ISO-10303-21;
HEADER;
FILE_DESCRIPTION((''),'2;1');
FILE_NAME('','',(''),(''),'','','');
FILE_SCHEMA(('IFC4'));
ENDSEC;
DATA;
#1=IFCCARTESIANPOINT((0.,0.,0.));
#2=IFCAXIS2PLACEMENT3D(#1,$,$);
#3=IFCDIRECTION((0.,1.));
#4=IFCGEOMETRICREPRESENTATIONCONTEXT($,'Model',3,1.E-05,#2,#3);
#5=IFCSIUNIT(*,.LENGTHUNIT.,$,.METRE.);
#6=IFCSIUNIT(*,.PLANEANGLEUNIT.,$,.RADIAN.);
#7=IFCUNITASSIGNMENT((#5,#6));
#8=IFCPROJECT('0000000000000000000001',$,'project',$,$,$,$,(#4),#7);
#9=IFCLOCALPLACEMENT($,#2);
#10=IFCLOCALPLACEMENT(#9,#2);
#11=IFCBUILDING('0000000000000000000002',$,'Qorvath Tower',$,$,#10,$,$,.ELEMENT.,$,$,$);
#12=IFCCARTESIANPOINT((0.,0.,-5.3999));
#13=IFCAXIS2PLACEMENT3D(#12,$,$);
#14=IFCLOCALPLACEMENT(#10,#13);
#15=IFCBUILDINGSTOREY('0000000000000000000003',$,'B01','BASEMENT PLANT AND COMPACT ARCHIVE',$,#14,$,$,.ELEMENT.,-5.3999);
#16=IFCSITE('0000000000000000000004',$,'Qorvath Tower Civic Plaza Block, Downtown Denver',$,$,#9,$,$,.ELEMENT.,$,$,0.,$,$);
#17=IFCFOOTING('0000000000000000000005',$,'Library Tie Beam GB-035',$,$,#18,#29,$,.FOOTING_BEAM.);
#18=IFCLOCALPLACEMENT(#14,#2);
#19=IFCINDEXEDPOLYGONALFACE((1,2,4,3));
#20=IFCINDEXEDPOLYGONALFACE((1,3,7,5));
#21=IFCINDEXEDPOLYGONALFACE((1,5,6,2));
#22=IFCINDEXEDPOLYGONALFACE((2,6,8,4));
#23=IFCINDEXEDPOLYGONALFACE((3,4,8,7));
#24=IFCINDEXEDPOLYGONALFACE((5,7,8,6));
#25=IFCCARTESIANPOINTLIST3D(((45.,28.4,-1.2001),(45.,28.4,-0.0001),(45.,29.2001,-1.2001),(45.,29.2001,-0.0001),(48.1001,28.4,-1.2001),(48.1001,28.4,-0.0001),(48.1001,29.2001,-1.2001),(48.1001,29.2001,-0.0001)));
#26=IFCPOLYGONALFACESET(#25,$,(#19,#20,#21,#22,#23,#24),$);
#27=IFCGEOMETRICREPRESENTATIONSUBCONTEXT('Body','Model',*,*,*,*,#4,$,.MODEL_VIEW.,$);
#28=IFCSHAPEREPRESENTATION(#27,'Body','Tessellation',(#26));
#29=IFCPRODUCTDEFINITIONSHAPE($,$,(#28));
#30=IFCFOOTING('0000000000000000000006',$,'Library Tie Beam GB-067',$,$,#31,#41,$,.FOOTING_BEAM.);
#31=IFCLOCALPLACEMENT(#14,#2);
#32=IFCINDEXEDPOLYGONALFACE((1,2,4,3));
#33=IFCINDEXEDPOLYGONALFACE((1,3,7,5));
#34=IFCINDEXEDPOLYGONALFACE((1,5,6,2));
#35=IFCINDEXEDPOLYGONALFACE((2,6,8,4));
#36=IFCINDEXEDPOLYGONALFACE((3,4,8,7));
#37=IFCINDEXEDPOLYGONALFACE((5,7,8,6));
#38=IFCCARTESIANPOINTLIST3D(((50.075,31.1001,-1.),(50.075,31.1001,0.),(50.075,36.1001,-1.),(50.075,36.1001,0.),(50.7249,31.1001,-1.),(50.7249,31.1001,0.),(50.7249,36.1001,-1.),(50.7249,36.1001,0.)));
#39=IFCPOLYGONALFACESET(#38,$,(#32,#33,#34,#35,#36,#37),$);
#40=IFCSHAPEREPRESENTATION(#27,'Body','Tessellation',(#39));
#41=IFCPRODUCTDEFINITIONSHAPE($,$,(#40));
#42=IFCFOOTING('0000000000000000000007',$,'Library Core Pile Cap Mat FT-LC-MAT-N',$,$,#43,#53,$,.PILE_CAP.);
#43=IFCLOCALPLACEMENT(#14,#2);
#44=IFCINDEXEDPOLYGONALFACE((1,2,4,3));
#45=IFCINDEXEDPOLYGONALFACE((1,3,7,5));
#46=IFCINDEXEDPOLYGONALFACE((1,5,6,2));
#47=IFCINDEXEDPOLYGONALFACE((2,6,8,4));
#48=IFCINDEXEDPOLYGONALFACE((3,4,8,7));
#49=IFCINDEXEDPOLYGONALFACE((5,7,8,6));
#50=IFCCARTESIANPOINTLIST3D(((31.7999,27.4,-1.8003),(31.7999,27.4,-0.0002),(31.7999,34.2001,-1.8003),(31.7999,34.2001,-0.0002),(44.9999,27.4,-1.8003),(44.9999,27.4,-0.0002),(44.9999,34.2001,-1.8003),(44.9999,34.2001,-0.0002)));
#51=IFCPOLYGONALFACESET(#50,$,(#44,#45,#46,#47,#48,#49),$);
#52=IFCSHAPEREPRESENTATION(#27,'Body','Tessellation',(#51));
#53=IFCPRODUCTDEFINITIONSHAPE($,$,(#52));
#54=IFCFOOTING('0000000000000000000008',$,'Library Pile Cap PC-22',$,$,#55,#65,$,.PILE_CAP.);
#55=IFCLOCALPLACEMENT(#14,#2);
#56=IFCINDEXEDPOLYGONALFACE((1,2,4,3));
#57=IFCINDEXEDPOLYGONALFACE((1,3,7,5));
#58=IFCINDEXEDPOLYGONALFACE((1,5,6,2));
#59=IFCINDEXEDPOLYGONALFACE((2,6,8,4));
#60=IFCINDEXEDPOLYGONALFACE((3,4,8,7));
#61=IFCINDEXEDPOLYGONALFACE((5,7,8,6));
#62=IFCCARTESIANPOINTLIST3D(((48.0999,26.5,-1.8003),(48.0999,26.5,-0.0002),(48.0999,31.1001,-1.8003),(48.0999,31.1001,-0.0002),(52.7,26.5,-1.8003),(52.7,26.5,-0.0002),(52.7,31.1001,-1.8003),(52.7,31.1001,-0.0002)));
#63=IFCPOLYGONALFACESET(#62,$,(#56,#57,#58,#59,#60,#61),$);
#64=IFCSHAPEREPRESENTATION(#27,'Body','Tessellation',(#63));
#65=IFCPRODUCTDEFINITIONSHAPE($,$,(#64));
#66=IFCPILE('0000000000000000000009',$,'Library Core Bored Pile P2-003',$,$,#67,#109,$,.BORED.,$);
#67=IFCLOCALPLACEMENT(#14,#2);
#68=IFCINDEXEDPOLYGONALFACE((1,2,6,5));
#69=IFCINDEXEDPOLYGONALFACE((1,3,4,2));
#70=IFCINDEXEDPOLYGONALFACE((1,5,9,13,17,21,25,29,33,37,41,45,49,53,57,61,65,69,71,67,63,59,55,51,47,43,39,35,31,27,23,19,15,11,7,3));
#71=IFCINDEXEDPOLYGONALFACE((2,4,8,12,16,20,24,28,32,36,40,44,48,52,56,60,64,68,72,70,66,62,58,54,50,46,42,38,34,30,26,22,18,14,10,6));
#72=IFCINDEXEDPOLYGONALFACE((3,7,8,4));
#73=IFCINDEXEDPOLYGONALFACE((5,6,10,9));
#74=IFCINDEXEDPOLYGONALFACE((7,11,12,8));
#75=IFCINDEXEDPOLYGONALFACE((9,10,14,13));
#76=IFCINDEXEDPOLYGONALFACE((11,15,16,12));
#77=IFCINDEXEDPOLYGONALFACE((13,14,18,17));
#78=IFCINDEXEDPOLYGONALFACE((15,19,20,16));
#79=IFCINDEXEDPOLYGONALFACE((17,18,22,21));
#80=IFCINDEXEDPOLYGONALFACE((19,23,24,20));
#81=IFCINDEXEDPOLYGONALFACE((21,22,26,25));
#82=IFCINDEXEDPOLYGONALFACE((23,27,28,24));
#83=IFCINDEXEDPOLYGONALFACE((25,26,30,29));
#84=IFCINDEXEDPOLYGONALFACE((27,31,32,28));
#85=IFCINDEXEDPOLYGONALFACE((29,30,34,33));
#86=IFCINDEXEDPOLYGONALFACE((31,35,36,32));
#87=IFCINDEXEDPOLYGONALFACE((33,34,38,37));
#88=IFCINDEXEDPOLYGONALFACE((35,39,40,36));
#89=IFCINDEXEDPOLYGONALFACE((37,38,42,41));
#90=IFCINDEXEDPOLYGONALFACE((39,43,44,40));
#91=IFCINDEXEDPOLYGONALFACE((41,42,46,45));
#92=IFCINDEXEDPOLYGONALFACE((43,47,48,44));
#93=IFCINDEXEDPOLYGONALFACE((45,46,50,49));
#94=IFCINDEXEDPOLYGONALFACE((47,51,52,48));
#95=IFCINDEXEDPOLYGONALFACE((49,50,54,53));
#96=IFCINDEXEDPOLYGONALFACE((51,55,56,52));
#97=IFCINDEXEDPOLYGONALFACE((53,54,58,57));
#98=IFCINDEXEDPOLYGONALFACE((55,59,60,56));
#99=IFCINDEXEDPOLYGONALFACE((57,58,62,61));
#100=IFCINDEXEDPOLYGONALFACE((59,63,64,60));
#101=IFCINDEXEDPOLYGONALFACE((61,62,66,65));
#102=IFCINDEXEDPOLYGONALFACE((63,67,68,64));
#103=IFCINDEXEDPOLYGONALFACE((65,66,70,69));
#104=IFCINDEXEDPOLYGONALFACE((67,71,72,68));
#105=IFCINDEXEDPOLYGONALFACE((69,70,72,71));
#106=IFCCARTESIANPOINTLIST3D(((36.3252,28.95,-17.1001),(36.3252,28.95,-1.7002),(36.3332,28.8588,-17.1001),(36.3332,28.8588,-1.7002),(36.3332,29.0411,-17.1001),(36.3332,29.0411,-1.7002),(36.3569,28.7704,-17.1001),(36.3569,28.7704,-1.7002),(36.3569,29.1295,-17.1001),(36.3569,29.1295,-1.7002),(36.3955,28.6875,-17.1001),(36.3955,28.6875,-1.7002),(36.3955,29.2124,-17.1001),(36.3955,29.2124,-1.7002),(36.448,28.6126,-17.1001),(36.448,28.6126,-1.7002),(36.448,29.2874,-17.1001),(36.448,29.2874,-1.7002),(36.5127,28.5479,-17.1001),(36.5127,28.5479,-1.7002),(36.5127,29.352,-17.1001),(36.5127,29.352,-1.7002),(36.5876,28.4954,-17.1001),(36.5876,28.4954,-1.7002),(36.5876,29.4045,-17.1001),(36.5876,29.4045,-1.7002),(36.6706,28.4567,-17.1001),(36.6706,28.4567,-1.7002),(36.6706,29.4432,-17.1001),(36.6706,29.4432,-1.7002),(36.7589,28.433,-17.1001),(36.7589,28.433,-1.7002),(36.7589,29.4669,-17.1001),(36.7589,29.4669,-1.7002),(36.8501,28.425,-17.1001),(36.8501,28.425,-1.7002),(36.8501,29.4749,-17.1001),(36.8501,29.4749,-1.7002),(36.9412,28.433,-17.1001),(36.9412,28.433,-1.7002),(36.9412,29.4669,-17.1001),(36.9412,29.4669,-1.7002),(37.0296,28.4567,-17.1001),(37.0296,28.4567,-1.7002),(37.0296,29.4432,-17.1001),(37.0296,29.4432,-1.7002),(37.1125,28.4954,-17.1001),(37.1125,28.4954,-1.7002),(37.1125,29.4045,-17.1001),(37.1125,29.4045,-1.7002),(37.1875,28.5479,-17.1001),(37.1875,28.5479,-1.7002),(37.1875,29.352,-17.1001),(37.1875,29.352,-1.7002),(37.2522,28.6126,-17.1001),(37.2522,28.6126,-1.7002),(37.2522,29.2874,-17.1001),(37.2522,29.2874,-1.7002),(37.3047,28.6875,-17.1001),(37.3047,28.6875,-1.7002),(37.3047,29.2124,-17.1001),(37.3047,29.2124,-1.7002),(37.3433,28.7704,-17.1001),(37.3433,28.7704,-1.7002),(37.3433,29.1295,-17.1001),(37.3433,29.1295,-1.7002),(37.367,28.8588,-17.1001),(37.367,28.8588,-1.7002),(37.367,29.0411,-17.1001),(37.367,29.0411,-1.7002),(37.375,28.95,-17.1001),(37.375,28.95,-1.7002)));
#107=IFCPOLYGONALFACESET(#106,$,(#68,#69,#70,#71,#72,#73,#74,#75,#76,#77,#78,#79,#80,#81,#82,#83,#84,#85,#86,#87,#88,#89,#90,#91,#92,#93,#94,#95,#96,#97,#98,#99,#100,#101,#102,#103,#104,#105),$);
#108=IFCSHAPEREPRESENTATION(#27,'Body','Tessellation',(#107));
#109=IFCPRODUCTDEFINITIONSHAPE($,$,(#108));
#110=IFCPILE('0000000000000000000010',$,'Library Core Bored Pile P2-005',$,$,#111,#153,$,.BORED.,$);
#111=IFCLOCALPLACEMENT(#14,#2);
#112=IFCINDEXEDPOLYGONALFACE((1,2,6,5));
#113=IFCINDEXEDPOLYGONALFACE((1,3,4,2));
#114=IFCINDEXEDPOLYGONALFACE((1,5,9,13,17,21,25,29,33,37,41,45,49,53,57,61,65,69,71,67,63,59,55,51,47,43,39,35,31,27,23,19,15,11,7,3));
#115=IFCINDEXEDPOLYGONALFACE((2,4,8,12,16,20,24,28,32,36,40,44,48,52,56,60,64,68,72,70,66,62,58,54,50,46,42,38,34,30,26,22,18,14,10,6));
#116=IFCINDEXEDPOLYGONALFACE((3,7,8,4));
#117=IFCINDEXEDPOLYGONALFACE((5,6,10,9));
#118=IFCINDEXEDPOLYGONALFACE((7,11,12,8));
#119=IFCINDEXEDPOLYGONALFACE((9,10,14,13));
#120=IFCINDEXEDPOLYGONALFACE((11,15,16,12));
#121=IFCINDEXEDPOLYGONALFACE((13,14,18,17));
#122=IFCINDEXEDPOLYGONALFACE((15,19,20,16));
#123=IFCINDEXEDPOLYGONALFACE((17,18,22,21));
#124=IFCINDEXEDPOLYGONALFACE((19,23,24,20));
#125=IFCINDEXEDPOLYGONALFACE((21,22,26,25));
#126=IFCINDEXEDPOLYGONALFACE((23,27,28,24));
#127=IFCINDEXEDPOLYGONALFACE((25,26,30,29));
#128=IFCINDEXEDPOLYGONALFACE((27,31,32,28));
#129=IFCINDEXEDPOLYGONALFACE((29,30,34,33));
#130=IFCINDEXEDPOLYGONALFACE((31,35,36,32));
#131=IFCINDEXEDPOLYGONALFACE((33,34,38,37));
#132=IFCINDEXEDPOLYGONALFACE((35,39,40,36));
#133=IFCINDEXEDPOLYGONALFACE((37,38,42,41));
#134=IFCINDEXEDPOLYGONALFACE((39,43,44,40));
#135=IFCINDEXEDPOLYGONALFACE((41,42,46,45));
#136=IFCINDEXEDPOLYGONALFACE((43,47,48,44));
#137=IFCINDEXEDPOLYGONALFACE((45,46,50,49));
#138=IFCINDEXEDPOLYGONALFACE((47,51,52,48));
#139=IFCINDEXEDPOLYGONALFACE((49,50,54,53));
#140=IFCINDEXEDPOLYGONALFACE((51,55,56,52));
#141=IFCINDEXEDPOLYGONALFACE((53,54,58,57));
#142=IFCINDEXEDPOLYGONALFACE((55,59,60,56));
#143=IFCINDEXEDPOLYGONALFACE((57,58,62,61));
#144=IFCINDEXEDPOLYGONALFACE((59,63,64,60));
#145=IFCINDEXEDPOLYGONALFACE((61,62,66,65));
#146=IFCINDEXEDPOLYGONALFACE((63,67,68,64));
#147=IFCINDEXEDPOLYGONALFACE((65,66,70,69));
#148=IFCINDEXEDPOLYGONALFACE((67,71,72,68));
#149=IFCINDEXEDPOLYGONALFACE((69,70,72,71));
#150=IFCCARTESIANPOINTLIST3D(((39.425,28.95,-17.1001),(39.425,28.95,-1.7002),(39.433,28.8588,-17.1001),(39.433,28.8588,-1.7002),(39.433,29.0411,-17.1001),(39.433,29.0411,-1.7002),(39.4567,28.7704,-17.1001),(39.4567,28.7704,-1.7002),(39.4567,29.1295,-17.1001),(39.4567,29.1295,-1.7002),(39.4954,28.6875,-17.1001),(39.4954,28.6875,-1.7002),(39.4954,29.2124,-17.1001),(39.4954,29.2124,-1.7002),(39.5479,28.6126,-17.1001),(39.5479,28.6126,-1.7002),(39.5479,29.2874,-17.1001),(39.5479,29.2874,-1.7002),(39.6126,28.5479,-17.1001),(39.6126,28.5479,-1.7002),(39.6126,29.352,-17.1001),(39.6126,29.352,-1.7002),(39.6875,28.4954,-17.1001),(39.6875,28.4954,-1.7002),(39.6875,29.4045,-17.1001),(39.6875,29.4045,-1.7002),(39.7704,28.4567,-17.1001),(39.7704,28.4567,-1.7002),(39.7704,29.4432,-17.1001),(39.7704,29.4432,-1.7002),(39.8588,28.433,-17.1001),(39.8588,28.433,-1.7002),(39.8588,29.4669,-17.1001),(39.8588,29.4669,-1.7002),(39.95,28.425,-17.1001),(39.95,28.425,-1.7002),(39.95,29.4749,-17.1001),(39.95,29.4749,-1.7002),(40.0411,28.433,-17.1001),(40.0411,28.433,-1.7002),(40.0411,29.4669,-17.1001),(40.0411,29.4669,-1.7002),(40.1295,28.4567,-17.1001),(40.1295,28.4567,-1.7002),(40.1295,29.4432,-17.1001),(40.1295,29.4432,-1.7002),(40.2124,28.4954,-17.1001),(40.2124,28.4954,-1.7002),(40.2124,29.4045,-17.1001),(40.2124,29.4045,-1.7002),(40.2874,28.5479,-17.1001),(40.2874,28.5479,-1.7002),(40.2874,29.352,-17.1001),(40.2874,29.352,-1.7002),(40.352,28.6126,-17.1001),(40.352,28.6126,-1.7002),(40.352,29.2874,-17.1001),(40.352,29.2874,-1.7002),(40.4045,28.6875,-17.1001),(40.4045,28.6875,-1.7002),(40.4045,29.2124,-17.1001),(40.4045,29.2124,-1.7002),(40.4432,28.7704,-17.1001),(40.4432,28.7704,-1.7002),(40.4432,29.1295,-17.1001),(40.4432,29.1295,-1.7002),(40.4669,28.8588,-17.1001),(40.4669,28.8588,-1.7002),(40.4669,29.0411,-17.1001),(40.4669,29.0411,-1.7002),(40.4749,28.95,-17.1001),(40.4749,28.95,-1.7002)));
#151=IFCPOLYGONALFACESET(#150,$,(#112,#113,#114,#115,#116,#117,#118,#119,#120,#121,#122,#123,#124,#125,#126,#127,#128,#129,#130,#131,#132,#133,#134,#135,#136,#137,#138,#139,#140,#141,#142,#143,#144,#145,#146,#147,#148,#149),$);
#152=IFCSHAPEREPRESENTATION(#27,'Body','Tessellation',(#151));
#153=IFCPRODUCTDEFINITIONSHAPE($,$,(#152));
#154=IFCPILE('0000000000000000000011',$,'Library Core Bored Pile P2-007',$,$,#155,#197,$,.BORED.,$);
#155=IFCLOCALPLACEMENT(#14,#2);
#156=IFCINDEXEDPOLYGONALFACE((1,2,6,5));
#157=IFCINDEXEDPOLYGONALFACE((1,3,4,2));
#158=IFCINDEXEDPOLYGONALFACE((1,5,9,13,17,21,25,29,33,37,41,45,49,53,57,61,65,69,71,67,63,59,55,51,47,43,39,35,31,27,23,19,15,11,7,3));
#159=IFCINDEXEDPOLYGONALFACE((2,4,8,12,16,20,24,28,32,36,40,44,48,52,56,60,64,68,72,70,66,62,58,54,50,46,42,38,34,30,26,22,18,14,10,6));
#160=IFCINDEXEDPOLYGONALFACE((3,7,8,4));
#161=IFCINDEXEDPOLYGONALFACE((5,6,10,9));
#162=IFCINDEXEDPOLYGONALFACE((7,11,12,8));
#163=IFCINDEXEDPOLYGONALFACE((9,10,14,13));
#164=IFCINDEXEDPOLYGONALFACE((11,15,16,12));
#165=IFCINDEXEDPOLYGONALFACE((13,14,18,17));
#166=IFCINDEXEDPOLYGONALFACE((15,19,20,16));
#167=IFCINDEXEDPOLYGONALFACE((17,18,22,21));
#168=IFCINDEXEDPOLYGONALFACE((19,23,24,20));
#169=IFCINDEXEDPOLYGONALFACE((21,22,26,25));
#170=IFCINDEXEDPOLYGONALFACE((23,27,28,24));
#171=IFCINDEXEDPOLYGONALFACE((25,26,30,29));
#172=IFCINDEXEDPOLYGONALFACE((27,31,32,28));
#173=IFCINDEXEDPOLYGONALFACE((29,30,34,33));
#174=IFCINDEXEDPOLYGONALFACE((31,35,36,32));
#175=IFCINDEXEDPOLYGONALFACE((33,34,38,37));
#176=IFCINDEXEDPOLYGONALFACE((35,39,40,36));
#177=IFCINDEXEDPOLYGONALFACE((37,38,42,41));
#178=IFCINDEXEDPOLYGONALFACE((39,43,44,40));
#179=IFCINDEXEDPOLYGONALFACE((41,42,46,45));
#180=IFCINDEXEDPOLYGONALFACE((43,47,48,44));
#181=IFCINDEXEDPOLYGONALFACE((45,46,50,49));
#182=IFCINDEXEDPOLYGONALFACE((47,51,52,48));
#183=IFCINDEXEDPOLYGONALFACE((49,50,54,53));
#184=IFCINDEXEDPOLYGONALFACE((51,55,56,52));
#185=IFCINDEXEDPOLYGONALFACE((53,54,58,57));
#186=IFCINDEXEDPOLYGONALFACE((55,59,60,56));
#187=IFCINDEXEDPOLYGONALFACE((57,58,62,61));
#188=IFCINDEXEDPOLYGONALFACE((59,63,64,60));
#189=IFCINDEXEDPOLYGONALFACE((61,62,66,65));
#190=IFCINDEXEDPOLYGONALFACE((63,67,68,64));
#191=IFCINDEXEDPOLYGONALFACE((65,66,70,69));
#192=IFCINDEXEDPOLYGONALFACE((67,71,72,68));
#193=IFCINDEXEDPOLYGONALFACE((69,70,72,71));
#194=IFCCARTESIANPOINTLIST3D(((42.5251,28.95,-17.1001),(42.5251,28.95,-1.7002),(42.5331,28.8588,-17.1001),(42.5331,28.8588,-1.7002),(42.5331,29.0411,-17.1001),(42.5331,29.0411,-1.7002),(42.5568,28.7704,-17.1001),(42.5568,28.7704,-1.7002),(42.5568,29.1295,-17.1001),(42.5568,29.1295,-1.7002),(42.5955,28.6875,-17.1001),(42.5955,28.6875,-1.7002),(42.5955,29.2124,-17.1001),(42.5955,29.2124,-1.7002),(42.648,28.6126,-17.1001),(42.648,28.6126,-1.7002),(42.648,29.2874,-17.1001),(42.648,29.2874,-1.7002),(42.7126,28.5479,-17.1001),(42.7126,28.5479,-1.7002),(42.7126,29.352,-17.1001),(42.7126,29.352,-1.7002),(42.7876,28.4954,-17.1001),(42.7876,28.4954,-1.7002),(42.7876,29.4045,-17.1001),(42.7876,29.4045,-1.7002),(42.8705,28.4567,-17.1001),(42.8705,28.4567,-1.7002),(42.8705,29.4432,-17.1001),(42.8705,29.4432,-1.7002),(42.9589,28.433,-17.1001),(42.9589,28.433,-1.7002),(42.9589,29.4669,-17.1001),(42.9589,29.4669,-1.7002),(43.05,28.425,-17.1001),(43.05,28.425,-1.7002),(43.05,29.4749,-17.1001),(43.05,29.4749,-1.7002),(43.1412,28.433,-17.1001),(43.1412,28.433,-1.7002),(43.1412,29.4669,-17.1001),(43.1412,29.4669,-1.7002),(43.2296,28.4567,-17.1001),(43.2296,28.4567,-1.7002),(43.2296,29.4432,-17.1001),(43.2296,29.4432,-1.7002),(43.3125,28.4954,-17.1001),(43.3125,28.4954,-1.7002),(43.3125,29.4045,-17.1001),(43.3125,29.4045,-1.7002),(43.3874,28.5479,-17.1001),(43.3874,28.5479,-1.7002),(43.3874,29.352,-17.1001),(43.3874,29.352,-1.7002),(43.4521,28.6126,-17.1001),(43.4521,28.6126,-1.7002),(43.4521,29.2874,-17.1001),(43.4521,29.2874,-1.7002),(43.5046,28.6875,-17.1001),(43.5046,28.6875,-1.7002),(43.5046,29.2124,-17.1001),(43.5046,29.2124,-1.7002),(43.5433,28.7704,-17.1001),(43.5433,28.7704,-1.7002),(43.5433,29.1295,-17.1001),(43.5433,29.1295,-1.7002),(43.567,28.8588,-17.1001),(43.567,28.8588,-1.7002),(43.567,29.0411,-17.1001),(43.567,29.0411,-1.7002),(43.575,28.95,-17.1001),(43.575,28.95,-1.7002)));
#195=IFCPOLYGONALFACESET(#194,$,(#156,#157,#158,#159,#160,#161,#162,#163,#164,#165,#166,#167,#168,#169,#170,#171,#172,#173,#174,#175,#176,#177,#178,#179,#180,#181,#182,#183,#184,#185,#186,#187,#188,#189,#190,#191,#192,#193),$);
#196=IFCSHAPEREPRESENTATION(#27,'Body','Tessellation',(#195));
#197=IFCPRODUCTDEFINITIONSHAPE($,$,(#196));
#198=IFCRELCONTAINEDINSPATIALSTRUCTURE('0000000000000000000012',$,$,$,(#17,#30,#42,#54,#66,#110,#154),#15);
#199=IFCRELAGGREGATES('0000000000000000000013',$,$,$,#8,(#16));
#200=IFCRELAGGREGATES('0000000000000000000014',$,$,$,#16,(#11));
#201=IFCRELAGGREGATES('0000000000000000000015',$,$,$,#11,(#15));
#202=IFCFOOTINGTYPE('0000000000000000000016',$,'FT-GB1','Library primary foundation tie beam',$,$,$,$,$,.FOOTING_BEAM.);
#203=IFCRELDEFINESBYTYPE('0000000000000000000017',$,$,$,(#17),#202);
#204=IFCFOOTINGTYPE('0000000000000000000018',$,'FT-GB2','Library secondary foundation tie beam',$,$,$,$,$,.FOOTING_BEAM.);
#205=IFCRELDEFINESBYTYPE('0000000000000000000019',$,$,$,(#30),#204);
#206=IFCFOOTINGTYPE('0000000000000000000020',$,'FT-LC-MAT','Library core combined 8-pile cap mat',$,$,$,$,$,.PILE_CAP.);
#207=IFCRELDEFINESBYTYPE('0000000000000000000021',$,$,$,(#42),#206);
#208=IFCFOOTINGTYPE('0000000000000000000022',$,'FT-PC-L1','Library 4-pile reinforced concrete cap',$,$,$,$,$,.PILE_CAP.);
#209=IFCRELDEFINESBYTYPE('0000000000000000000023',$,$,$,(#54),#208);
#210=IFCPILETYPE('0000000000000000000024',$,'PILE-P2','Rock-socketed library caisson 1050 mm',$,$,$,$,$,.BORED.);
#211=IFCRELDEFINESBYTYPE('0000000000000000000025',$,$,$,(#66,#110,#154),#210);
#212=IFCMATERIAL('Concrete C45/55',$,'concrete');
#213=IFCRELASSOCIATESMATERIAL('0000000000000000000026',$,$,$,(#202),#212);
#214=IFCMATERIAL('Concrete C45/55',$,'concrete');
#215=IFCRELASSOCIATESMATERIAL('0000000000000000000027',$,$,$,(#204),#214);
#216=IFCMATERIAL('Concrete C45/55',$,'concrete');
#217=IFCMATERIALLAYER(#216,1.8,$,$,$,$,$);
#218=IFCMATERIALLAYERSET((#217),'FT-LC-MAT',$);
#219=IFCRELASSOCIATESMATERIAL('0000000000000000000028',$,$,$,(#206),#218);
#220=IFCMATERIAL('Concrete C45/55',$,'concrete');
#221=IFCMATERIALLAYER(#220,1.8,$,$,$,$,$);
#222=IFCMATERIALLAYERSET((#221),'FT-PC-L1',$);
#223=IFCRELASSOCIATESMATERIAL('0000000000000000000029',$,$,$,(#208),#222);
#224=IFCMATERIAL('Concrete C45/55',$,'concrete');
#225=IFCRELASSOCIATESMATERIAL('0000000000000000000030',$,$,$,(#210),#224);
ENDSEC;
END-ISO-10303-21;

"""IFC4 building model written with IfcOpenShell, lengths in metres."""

from ifc_helpers import new_model, si_unit, direction, frame, origin, origin_2d, place, context, subcontext, project, spatial, rectangle, circle, extrude, material, layer, layer_set, material_profile, profile_set, type_object, element, save


model = new_model("IFC4")

# Units and contexts
model_context = context("Model", 3, precision=1e-05, world=origin(), true_north=direction((0.0, 1.0)))
body_context = subcontext(model_context, "Body", "Model", "MODEL_VIEW")
ifc_project = project(units=[si_unit("LENGTHUNIT", "METRE"), si_unit("PLANEANGLEUNIT", "RADIAN")], contexts=[model_context])

# Site, building, storey
site_placement = place(None, origin())
site = spatial("IfcSite", under=ifc_project, at=site_placement, Name="Qorvath Tower Civic Plaza Block, Downtown Denver", CompositionType="ELEMENT", RefElevation=0.0)
building_placement = place(site_placement, origin())
building = spatial("IfcBuilding", under=site, at=building_placement, Name="Qorvath Tower", CompositionType="ELEMENT")
storey_placement = place(building_placement, frame((0.0, 0.0, -5.3999)))
storey = spatial("IfcBuildingStorey", under=building, at=storey_placement, Name="B01", Description="BASEMENT PLANT AND COMPACT ARCHIVE", CompositionType="ELEMENT", Elevation=-5.3999)

# Footings
ifc_material_1 = material(Name="Concrete C45/55", Category="concrete")
ifc_material_profile_1 = material_profile(ifc_material_1, rectangle(XDim=0.8, YDim=1.2, at=origin_2d()), Name="GB 800x1200")
ifc_profile_set_1 = profile_set([ifc_material_profile_1], Name="Concrete C45/55")
footing_type_1 = type_object("IfcFootingType", Name="FT-GB1", Description="Library primary foundation tie beam", PredefinedType="FOOTING_BEAM", material=ifc_profile_set_1)
footing_1_placement = place(storey_placement, frame((45.0, 28.8, -0.6001), z_axis=(1.0, 0.0, 0.0), x_axis=(0.0, 1.0, 0.0)))
element("IfcFooting", 1, at=footing_1_placement, inside=storey, type_object=footing_type_1, Name="Library Tie Beam GB-035", PredefinedType="FOOTING_BEAM", context=body_context, shape_type="SweptSolid", body=[
    extrude(rectangle(XDim=0.8, YDim=1.2, at=origin_2d()), origin(), (0.0, 0.0, 1.0), 3.1001),
])
ifc_material_2 = material(Name="Concrete C45/55", Category="concrete")
ifc_material_profile_2 = material_profile(ifc_material_2, rectangle(XDim=0.6499, YDim=1.0, at=origin_2d()), Name="GB 650x1000")
ifc_profile_set_2 = profile_set([ifc_material_profile_2], Name="Concrete C45/55")
footing_type_2 = type_object("IfcFootingType", Name="FT-GB2", Description="Library secondary foundation tie beam", PredefinedType="FOOTING_BEAM", material=ifc_profile_set_2)
footing_2_placement = place(storey_placement, frame((50.3999, 31.1001, -0.5), z_axis=(0.0, 1.0, 0.0), x_axis=(-1.0, 0.0, 0.0)))
element("IfcFooting", 2, at=footing_2_placement, inside=storey, type_object=footing_type_2, Name="Library Tie Beam GB-067", PredefinedType="FOOTING_BEAM", context=body_context, shape_type="SweptSolid", body=[
    extrude(rectangle(XDim=0.6499, YDim=1.0, at=origin_2d()), origin(), (0.0, 0.0, 1.0), 5.0),
])
ifc_material_3 = material(Name="Concrete C45/55", Category="concrete")
ifc_layer_1 = layer(ifc_material_3, 1.8)
ifc_layer_set_1 = layer_set([ifc_layer_1], Name="FT-LC-MAT")
footing_type_3 = type_object("IfcFootingType", Name="FT-LC-MAT", Description="Library core combined 8-pile cap mat", PredefinedType="PILE_CAP", material=ifc_layer_set_1)
footing_3_placement = place(storey_placement, frame((38.3999, 30.8, -1.8003), z_axis=(0.0, 0.0, 1.0), x_axis=(1.0, 0.0, 0.0)))
element("IfcFooting", 3, at=footing_3_placement, inside=storey, type_object=footing_type_3, Name="Library Core Pile Cap Mat FT-LC-MAT-N", PredefinedType="PILE_CAP", context=body_context, shape_type="SweptSolid", body=[
    extrude(rectangle(XDim=13.2, YDim=6.8, at=origin_2d()), origin(), (0.0, 0.0, 1.0), 1.8),
])
ifc_material_4 = material(Name="Concrete C45/55", Category="concrete")
ifc_layer_2 = layer(ifc_material_4, 1.8)
ifc_layer_set_2 = layer_set([ifc_layer_2], Name="FT-PC-L1")
footing_type_4 = type_object("IfcFootingType", Name="FT-PC-L1", Description="Library 4-pile reinforced concrete cap", PredefinedType="PILE_CAP", material=ifc_layer_set_2)
footing_4_placement = place(storey_placement, frame((50.3999, 28.8, -1.8003), z_axis=(0.0, 0.0, 1.0), x_axis=(1.0, 0.0, 0.0)))
element("IfcFooting", 4, at=footing_4_placement, inside=storey, type_object=footing_type_4, Name="Library Pile Cap PC-22", PredefinedType="PILE_CAP", context=body_context, shape_type="SweptSolid", body=[
    extrude(rectangle(XDim=4.6001, YDim=4.6001, at=origin_2d()), origin(), (0.0, 0.0, 1.0), 1.8),
])

# Piles
ifc_material_5 = material(Name="Concrete C45/55", Category="concrete")
ifc_material_profile_3 = material_profile(ifc_material_5, circle(Radius=0.5249, at=origin_2d()), Name="BORED PILE 1050")
ifc_profile_set_3 = profile_set([ifc_material_profile_3], Name="Concrete C45/55")
pile_type = type_object("IfcPileType", Name="PILE-P2", Description="Rock-socketed library caisson 1050 mm", PredefinedType="BORED", material=ifc_profile_set_3)
for number, where, z_axis, x_axis, name in (
    (5, (36.8501, 28.95, -1.7002), (0.0, 0.0, -1.0), (1.0, 0.0, 0.0), "Library Core Bored Pile P2-003"),
    (6, (39.95, 28.95, -1.7002), (0.0, 0.0, -1.0), (1.0, 0.0, 0.0), "Library Core Bored Pile P2-005"),
    (7, (43.05, 28.95, -1.7002), (0.0, 0.0, -1.0), (1.0, 0.0, 0.0), "Library Core Bored Pile P2-007"),
):
    element("IfcPile", number, at=place(storey_placement, frame(where, z_axis=z_axis, x_axis=x_axis)), inside=storey, type_object=pile_type, Name=name, PredefinedType="BORED", context=body_context, shape_type="SweptSolid", body=[
        extrude(circle(Radius=0.5249, at=origin_2d()), origin(), (0.0, 0.0, 1.0), 15.3999),
    ])

save(model, "model.ifc")
